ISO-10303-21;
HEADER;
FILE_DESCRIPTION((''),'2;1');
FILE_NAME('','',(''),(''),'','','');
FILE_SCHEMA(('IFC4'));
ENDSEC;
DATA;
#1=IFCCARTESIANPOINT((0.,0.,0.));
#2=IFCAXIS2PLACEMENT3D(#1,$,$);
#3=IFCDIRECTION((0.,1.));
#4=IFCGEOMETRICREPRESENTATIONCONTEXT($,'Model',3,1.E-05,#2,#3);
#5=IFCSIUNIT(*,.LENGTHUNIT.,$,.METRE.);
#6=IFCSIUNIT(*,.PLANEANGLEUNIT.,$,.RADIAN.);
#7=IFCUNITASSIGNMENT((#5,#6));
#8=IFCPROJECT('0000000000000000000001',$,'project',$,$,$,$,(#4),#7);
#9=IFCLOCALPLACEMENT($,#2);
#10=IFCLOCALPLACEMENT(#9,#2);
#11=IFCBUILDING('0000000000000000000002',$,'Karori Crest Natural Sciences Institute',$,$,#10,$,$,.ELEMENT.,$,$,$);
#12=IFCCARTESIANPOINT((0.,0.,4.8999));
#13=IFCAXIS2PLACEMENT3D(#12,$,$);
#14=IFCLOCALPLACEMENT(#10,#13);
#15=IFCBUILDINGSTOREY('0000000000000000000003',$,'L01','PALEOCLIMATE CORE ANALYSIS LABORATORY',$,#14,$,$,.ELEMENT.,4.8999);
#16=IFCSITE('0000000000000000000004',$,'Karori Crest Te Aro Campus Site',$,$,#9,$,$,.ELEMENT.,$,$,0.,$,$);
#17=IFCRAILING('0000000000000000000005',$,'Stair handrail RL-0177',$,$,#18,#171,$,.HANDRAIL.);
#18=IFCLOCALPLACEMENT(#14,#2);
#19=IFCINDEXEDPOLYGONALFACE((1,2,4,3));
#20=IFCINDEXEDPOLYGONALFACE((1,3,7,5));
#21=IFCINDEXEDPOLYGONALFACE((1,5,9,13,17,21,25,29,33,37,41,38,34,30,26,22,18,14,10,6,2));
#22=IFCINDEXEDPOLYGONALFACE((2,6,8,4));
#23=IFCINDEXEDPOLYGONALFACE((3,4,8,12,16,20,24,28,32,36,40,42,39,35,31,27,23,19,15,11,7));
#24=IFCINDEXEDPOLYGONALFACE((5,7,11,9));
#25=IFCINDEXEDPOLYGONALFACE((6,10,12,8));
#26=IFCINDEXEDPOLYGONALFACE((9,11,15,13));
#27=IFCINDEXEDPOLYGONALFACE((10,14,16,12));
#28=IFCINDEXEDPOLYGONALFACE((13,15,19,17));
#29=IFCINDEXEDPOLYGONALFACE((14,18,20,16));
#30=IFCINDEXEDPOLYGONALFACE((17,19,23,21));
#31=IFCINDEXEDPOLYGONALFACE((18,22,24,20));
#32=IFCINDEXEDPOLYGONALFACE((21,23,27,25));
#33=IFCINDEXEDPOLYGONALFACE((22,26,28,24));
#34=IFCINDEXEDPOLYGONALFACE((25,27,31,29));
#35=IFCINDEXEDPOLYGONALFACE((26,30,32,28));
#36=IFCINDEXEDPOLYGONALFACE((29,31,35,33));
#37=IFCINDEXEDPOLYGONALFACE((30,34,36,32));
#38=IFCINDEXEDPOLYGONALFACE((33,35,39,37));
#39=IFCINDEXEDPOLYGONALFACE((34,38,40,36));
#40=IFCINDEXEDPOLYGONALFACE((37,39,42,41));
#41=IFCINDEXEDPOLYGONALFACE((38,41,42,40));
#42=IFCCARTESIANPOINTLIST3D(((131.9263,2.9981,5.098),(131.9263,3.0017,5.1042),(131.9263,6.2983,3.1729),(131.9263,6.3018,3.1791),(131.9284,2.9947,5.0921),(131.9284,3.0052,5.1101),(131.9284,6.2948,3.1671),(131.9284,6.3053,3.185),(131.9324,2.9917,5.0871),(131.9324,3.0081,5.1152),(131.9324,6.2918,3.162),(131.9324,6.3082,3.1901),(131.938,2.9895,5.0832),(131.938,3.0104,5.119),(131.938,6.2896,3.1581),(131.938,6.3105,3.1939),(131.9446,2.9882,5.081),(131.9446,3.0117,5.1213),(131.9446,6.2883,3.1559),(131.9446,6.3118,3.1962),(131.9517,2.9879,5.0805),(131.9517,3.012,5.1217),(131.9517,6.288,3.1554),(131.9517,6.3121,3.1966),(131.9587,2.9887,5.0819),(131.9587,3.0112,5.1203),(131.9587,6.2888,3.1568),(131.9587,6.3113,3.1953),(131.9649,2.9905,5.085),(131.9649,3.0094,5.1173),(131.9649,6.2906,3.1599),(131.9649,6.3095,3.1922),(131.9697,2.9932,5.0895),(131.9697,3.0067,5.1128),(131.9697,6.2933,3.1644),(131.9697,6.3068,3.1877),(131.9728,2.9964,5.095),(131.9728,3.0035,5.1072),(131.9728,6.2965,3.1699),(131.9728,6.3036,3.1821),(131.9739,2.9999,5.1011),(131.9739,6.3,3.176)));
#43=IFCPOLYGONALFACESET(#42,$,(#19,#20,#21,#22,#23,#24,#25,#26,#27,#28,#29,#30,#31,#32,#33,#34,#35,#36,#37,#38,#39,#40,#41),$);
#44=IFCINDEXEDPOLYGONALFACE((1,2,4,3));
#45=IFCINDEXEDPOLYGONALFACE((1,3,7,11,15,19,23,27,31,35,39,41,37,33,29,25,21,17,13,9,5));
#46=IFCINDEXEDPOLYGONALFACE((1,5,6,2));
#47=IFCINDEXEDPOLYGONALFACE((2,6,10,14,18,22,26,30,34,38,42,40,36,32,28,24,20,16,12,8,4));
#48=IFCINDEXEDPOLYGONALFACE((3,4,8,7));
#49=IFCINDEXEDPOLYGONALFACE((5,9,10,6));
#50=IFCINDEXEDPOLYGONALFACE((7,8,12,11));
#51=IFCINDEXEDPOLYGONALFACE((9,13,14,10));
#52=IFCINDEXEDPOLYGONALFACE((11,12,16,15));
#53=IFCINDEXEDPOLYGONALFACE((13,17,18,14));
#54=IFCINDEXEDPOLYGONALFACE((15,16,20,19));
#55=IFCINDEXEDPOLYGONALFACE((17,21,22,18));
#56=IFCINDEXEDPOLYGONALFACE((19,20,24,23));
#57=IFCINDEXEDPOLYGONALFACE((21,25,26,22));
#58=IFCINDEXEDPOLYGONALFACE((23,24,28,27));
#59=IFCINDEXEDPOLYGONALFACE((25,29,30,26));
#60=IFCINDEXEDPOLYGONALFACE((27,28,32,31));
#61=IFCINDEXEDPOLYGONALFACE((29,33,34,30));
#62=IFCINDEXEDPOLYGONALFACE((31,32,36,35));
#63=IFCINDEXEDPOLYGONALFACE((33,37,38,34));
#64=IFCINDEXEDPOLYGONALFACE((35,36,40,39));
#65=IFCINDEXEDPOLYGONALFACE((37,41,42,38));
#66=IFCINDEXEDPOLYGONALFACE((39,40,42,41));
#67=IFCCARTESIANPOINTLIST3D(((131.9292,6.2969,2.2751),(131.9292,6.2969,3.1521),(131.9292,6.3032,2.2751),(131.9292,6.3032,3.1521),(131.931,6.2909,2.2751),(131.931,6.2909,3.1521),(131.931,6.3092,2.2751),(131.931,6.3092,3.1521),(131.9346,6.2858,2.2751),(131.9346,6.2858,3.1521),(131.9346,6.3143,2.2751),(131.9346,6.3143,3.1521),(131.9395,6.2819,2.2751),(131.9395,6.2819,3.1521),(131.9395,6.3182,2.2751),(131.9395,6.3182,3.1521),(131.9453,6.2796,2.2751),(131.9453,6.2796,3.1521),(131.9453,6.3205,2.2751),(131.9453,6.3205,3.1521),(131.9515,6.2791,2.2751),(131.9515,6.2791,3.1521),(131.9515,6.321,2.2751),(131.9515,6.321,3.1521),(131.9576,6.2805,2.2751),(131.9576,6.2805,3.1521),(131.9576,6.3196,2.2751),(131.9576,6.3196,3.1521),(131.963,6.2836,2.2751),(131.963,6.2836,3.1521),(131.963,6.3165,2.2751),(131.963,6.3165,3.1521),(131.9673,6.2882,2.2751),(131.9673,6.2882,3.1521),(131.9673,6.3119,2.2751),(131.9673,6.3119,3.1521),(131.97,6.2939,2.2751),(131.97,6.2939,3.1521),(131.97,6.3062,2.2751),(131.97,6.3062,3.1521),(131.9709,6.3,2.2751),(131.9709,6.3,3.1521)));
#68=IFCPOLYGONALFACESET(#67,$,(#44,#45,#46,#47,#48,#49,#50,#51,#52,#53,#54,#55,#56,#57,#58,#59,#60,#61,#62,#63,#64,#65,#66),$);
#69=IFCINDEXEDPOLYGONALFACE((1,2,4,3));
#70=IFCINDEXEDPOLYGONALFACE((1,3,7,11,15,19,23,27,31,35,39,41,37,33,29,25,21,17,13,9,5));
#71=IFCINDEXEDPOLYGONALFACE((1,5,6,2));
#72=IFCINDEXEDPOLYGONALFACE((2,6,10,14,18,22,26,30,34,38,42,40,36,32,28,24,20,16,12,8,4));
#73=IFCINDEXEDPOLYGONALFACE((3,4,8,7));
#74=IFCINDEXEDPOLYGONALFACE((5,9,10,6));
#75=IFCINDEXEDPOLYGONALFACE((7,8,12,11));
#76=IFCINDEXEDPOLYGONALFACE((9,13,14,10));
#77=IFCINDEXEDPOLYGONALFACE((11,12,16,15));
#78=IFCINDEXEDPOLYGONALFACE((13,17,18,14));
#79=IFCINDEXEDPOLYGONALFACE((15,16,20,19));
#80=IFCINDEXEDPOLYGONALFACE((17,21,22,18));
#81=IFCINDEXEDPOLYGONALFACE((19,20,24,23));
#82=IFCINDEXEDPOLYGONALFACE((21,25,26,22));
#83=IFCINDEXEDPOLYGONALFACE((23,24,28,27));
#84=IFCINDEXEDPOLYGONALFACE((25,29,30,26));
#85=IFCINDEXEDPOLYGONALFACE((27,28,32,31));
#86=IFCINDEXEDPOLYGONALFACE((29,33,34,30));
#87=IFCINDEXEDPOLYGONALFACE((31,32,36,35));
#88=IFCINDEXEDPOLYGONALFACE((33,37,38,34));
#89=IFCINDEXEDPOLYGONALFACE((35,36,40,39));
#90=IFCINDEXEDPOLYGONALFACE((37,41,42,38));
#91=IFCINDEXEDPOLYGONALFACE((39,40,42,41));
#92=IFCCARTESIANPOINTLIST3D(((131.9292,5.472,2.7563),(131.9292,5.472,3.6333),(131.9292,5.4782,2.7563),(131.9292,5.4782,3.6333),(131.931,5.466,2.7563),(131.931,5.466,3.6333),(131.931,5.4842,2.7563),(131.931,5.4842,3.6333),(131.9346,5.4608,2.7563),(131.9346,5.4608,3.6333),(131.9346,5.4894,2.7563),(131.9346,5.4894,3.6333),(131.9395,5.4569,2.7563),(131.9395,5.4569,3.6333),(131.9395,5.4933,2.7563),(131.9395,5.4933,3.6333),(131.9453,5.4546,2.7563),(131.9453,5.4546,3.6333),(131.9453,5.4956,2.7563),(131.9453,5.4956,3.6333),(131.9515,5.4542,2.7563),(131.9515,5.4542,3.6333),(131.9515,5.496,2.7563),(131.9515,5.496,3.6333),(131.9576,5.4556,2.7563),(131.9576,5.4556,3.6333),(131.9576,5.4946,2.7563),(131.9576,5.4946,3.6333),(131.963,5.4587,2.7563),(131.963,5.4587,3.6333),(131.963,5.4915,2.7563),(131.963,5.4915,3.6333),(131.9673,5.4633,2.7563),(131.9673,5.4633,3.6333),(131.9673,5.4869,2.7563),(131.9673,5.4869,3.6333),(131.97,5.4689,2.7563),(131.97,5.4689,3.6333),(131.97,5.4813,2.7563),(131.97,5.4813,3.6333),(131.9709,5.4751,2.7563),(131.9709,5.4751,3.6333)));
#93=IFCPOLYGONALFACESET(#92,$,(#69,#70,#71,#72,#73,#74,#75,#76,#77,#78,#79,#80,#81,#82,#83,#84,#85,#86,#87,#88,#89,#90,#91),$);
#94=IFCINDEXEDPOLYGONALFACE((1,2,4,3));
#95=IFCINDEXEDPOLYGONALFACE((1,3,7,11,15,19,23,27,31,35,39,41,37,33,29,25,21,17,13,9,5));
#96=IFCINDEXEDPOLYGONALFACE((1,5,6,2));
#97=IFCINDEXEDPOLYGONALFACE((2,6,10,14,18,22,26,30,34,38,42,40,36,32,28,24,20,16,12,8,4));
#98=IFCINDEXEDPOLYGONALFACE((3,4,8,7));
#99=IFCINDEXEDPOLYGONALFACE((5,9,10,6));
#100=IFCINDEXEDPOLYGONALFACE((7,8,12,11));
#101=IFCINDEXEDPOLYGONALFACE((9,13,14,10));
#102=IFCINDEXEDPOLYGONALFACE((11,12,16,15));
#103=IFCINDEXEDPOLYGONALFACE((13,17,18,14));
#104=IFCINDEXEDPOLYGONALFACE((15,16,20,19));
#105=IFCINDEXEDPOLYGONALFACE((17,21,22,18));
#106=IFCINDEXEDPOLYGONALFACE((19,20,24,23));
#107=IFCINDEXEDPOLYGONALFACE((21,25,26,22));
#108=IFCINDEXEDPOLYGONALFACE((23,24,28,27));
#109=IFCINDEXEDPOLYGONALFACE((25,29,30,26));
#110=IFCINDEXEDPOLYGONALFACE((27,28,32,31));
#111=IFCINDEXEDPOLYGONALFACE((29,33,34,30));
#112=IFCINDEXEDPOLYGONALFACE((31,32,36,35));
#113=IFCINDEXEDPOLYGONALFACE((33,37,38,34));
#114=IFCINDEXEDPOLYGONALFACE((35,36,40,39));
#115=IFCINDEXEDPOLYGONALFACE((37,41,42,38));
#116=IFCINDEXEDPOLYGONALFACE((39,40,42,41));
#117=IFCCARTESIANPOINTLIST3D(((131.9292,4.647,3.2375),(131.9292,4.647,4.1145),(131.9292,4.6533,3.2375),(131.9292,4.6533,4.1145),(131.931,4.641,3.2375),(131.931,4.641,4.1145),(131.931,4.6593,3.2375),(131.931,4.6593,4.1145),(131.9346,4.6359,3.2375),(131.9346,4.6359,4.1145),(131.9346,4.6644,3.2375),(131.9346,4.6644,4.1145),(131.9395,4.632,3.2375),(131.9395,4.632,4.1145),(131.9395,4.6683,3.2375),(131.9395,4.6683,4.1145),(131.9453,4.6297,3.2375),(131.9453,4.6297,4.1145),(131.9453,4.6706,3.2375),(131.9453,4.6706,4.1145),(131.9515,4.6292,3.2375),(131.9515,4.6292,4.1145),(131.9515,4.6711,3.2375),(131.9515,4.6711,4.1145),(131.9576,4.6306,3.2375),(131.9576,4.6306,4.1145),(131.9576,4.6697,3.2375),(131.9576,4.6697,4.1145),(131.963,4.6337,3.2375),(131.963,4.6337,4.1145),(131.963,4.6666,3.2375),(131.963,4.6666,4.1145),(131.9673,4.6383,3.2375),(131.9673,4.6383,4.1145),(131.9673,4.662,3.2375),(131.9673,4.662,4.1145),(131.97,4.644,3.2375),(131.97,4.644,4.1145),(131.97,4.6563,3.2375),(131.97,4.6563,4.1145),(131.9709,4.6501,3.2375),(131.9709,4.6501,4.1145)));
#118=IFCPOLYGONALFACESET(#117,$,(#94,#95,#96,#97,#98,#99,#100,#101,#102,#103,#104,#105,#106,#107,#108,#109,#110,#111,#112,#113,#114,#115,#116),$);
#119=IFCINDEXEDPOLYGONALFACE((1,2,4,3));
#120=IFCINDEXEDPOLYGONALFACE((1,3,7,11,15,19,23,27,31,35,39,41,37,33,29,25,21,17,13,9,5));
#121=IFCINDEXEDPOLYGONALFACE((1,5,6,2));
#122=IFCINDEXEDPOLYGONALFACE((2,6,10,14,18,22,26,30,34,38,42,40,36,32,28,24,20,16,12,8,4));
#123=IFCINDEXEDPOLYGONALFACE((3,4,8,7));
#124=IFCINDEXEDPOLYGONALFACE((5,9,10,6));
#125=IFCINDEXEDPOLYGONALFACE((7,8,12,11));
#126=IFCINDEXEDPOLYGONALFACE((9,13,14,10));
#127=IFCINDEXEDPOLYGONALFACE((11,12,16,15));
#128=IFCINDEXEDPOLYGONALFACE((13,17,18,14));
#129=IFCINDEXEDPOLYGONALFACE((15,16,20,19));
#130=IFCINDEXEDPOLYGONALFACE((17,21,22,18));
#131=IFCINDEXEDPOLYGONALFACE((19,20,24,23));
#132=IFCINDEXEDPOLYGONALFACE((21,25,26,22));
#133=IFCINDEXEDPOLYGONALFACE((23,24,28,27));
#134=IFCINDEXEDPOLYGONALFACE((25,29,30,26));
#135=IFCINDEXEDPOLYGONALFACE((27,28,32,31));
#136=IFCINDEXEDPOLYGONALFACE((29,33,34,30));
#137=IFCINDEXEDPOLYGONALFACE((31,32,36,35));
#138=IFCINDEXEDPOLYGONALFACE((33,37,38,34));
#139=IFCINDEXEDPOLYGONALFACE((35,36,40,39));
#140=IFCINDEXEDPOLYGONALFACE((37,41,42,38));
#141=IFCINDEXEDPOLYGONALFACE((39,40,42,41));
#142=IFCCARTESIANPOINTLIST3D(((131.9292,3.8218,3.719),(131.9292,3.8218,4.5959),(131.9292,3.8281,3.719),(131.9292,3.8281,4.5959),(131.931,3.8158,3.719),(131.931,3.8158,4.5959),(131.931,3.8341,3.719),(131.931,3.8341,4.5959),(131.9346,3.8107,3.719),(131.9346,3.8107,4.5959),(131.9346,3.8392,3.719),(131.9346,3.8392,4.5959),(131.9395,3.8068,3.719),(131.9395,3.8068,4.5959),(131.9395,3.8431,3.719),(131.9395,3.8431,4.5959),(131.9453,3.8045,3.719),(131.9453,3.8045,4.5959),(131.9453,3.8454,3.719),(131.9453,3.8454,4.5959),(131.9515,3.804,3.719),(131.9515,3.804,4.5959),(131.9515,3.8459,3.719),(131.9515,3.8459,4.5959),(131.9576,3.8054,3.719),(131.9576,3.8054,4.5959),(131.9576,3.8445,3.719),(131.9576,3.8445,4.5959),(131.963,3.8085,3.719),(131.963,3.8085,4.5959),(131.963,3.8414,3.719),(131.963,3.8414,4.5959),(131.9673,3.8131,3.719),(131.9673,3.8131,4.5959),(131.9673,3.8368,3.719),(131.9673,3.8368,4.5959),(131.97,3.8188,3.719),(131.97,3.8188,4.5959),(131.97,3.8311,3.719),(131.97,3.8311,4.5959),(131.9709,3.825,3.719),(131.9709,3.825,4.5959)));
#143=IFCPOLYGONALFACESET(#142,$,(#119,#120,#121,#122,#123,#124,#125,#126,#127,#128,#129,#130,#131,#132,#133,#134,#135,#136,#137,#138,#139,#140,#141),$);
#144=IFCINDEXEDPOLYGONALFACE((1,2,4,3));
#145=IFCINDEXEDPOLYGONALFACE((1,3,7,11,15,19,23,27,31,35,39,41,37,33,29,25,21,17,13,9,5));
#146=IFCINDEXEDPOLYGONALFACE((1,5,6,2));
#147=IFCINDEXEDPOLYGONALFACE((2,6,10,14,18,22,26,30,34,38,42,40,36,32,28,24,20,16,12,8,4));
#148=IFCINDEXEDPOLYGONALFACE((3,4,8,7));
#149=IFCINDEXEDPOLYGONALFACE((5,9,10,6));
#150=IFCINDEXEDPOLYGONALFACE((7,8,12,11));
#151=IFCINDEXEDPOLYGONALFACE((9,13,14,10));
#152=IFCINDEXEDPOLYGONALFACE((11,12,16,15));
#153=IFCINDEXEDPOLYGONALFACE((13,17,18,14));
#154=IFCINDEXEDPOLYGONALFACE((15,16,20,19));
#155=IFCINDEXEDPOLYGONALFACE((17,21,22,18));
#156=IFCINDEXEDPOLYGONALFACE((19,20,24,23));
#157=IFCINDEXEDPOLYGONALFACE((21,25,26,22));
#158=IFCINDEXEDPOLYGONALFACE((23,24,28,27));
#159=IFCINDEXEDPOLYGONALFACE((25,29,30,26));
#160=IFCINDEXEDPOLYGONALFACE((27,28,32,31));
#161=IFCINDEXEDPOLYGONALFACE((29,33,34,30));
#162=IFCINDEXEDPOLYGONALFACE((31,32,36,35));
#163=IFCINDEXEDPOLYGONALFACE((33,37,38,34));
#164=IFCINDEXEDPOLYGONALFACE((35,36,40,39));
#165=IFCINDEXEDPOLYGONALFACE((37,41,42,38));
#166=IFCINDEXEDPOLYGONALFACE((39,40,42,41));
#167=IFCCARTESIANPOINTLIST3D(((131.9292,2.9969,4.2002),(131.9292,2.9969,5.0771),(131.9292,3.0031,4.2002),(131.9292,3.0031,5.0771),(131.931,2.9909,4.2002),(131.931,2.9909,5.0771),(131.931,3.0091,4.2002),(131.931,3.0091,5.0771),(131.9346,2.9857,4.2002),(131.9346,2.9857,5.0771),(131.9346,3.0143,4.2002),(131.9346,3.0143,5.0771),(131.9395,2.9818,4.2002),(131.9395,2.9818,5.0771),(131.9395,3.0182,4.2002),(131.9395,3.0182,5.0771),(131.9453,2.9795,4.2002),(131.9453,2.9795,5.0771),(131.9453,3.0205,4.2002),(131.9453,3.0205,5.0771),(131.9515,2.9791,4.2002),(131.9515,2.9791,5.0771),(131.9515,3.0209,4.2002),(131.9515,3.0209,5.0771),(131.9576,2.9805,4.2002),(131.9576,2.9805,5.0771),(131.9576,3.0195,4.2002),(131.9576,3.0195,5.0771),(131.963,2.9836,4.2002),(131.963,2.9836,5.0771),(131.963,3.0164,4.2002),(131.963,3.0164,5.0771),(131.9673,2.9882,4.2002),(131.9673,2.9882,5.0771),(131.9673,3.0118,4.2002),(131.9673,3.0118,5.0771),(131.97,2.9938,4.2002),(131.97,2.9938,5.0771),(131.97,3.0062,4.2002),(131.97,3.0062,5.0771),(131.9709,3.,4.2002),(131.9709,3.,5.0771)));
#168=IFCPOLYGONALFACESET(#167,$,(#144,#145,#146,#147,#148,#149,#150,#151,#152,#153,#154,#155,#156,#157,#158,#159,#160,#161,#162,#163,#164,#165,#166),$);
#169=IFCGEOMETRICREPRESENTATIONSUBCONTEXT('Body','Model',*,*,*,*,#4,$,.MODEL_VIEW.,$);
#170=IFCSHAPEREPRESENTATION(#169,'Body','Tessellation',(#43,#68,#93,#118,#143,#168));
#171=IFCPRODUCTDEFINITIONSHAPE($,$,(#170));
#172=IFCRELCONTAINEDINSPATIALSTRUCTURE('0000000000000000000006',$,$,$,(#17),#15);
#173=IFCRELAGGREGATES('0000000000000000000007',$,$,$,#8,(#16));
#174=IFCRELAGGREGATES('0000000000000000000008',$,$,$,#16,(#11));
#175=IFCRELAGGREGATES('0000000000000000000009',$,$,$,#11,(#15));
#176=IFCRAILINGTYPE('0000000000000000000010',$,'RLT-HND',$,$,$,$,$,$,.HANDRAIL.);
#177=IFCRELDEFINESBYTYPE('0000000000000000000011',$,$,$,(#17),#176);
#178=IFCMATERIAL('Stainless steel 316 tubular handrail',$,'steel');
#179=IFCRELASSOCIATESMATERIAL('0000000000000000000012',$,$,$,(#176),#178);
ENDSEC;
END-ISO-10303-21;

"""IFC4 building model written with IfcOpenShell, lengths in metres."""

from ifc_helpers import new_model, si_unit, direction, frame, origin, origin_2d, place, context, subcontext, project, spatial, circle, extrude, material, type_object, element, save


model = new_model("IFC4")

# Units and contexts
model_context = context("Model", 3, precision=1e-05, world=origin(), true_north=direction((0.0, 1.0)))
body_context = subcontext(model_context, "Body", "Model", "MODEL_VIEW")
ifc_project = project(units=[si_unit("LENGTHUNIT", "METRE"), si_unit("PLANEANGLEUNIT", "RADIAN")], contexts=[model_context])

# Site, building, storey
site_placement = place(None, origin())
site = spatial("IfcSite", under=ifc_project, at=site_placement, Name="Karori Crest Te Aro Campus Site", CompositionType="ELEMENT", RefElevation=0.0)
building_placement = place(site_placement, origin())
building = spatial("IfcBuilding", under=site, at=building_placement, Name="Karori Crest Natural Sciences Institute", CompositionType="ELEMENT")
storey_placement = place(building_placement, frame((0.0, 0.0, 4.8999)))
storey = spatial("IfcBuildingStorey", under=building, at=storey_placement, Name="L01", Description="PALEOCLIMATE CORE ANALYSIS LABORATORY", CompositionType="ELEMENT", Elevation=4.8999)

# Railing
ifc_material_1 = material(Name="Stainless steel 316 tubular handrail", Category="steel")
railing_type_1 = type_object("IfcRailingType", Name="RLT-HND", PredefinedType="HANDRAIL", material=ifc_material_1)
railing_1_placement = place(storey_placement, frame((131.95, 6.3, 2.2751)))
element("IfcRailing", 1, at=railing_1_placement, inside=storey, type_object=railing_type_1, Name="Stair handrail RL-0177", PredefinedType="HANDRAIL", context=body_context, shape_type="SweptSolid", body=[
    extrude(circle(Radius=0.0239, at=origin_2d()), frame((0.0, 0.0, 0.9009), z_axis=(0.0, -0.863777, 0.503875), x_axis=(1.0, 0.0, 0.0)), (0.0, 0.0, 1.0), 3.8206),
    extrude(circle(Radius=0.021, at=origin_2d()), origin(), (0.0, 0.0, 1.0), 0.877),
    extrude(circle(Radius=0.021, at=origin_2d()), frame((0.0, -0.825, 0.4812)), (0.0, 0.0, 1.0), 0.877),
    extrude(circle(Radius=0.021, at=origin_2d()), frame((0.0, -1.6499, 0.9624)), (0.0, 0.0, 1.0), 0.877),
    extrude(circle(Radius=0.021, at=origin_2d()), frame((0.0, -2.4751, 1.4438)), (0.0, 0.0, 1.0), 0.877),
    extrude(circle(Radius=0.021, at=origin_2d()), frame((0.0, -3.3, 1.925)), (0.0, 0.0, 1.0), 0.877),
])

save(model, "model.ifc")
